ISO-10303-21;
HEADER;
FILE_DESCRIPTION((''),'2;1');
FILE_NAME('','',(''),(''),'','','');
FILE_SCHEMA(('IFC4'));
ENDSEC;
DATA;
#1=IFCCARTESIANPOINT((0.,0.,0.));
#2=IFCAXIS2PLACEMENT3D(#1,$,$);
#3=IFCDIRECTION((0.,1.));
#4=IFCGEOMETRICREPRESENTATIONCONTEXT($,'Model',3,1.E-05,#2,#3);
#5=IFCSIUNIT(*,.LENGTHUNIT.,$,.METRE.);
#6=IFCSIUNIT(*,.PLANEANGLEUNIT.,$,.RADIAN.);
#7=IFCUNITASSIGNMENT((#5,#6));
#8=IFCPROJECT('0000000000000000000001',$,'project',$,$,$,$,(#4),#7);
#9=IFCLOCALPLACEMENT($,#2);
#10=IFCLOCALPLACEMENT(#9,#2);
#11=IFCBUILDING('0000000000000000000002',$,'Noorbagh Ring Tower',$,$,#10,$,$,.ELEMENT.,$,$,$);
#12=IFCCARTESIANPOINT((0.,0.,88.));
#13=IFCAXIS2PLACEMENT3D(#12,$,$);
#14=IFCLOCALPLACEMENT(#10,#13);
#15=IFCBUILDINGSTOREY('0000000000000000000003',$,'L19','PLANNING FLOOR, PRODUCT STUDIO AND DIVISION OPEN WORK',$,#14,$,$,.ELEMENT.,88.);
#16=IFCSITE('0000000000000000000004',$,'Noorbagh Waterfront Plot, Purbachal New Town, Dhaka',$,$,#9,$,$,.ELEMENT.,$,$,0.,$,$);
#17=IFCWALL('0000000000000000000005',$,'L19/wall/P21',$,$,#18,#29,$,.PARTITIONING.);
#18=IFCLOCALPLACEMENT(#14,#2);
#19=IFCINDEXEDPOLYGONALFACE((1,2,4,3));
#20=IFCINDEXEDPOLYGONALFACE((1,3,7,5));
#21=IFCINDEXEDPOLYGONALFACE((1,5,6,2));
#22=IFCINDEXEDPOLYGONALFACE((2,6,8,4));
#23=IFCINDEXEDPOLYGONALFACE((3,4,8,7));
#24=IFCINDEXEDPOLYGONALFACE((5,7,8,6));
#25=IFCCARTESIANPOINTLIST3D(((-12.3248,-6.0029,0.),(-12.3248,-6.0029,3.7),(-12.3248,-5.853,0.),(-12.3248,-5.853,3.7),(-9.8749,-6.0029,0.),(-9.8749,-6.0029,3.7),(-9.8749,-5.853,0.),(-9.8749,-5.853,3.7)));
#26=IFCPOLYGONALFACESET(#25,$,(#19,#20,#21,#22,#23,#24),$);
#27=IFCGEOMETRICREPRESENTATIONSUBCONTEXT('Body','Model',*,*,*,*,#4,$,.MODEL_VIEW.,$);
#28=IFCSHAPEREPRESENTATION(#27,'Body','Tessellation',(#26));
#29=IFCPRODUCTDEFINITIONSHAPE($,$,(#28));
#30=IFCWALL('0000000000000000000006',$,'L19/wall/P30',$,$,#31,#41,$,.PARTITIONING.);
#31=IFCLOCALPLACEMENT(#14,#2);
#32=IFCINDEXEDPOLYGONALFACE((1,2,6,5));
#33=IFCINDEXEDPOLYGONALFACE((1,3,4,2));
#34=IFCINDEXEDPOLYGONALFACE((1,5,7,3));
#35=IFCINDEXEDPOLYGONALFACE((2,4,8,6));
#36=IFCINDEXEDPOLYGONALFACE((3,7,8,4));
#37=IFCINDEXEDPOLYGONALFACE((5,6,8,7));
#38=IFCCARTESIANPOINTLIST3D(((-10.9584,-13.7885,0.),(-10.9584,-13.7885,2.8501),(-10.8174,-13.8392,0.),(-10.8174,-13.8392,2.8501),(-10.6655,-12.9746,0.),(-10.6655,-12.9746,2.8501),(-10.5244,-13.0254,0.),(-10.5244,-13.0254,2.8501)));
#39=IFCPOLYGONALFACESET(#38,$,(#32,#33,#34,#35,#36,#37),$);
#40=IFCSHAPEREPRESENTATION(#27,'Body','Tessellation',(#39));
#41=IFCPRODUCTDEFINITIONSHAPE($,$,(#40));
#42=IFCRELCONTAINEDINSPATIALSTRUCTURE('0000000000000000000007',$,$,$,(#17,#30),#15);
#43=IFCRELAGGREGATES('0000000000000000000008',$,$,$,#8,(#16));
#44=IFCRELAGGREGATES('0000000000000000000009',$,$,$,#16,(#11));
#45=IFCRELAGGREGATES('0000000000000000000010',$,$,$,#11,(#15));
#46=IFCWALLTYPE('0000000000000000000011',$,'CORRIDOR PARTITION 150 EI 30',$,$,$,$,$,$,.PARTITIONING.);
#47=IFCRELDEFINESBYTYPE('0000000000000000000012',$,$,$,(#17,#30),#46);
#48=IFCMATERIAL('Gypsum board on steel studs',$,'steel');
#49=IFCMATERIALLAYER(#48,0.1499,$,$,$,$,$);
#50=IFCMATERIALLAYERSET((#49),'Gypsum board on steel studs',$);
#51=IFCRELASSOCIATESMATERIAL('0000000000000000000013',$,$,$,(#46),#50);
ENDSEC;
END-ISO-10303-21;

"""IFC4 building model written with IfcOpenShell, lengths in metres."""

from ifc_helpers import new_model, si_unit, direction, frame, frame_2d, origin, place, context, subcontext, project, spatial, rectangle, extrude, material, layer, layer_set, type_object, element, save


model = new_model("IFC4")

# Units and contexts
model_context = context("Model", 3, precision=1e-05, world=origin(), true_north=direction((0.0, 1.0)))
body_context = subcontext(model_context, "Body", "Model", "MODEL_VIEW")
ifc_project = project(units=[si_unit("LENGTHUNIT", "METRE"), si_unit("PLANEANGLEUNIT", "RADIAN")], contexts=[model_context])

# Site, building, storey
site_placement = place(None, origin())
site = spatial("IfcSite", under=ifc_project, at=site_placement, Name="Noorbagh Waterfront Plot, Purbachal New Town, Dhaka", CompositionType="ELEMENT", RefElevation=0.0)
building_placement = place(site_placement, origin())
building = spatial("IfcBuilding", under=site, at=building_placement, Name="Noorbagh Ring Tower", CompositionType="ELEMENT")
storey_placement = place(building_placement, frame((0.0, 0.0, 88.0)))
storey = spatial("IfcBuildingStorey", under=building, at=storey_placement, Name="L19", Description="PLANNING FLOOR, PRODUCT STUDIO AND DIVISION OPEN WORK", CompositionType="ELEMENT", Elevation=88.0)

# Shared definitions
ifc_material_1 = material(Name="Gypsum board on steel studs", Category="steel")
ifc_layer_1 = layer(ifc_material_1, 0.1499)
ifc_layer_set_1 = layer_set([ifc_layer_1], Name="Gypsum board on steel studs")
wall_type_1 = type_object("IfcWallType", Name="CORRIDOR PARTITION 150 EI 30", PredefinedType="PARTITIONING", material=ifc_layer_set_1)

# Walls
wall_1_placement = place(storey_placement, frame((-12.325, -5.928, 0.0), z_axis=(0.0, 0.0, 1.0), x_axis=(1.0, 0.0, 0.0)))
element("IfcWall", 1, at=wall_1_placement, inside=storey, type_object=wall_type_1, Name="L19/wall/P21", PredefinedType="PARTITIONING", context=body_context, shape_type="SweptSolid", body=[
    extrude(rectangle(XDim=2.45, YDim=0.1499, at=frame_2d((1.2251, 0.0))), origin(), (0.0, 0.0, 1.0), 3.7),
])
wall_2_placement = place(storey_placement, frame((-10.8879, -13.814, 0.0), z_axis=(0.0, 0.0, 1.0), x_axis=(0.33866, 0.940909, 0.0)))
element("IfcWall", 2, at=wall_2_placement, inside=storey, type_object=wall_type_1, Name="L19/wall/P30", PredefinedType="PARTITIONING", context=body_context, shape_type="SweptSolid", body=[
    extrude(rectangle(XDim=0.865, YDim=0.1499, at=frame_2d((0.4326, 0.0))), origin(), (0.0, 0.0, 1.0), 2.8501),
])

save(model, "model.ifc")
